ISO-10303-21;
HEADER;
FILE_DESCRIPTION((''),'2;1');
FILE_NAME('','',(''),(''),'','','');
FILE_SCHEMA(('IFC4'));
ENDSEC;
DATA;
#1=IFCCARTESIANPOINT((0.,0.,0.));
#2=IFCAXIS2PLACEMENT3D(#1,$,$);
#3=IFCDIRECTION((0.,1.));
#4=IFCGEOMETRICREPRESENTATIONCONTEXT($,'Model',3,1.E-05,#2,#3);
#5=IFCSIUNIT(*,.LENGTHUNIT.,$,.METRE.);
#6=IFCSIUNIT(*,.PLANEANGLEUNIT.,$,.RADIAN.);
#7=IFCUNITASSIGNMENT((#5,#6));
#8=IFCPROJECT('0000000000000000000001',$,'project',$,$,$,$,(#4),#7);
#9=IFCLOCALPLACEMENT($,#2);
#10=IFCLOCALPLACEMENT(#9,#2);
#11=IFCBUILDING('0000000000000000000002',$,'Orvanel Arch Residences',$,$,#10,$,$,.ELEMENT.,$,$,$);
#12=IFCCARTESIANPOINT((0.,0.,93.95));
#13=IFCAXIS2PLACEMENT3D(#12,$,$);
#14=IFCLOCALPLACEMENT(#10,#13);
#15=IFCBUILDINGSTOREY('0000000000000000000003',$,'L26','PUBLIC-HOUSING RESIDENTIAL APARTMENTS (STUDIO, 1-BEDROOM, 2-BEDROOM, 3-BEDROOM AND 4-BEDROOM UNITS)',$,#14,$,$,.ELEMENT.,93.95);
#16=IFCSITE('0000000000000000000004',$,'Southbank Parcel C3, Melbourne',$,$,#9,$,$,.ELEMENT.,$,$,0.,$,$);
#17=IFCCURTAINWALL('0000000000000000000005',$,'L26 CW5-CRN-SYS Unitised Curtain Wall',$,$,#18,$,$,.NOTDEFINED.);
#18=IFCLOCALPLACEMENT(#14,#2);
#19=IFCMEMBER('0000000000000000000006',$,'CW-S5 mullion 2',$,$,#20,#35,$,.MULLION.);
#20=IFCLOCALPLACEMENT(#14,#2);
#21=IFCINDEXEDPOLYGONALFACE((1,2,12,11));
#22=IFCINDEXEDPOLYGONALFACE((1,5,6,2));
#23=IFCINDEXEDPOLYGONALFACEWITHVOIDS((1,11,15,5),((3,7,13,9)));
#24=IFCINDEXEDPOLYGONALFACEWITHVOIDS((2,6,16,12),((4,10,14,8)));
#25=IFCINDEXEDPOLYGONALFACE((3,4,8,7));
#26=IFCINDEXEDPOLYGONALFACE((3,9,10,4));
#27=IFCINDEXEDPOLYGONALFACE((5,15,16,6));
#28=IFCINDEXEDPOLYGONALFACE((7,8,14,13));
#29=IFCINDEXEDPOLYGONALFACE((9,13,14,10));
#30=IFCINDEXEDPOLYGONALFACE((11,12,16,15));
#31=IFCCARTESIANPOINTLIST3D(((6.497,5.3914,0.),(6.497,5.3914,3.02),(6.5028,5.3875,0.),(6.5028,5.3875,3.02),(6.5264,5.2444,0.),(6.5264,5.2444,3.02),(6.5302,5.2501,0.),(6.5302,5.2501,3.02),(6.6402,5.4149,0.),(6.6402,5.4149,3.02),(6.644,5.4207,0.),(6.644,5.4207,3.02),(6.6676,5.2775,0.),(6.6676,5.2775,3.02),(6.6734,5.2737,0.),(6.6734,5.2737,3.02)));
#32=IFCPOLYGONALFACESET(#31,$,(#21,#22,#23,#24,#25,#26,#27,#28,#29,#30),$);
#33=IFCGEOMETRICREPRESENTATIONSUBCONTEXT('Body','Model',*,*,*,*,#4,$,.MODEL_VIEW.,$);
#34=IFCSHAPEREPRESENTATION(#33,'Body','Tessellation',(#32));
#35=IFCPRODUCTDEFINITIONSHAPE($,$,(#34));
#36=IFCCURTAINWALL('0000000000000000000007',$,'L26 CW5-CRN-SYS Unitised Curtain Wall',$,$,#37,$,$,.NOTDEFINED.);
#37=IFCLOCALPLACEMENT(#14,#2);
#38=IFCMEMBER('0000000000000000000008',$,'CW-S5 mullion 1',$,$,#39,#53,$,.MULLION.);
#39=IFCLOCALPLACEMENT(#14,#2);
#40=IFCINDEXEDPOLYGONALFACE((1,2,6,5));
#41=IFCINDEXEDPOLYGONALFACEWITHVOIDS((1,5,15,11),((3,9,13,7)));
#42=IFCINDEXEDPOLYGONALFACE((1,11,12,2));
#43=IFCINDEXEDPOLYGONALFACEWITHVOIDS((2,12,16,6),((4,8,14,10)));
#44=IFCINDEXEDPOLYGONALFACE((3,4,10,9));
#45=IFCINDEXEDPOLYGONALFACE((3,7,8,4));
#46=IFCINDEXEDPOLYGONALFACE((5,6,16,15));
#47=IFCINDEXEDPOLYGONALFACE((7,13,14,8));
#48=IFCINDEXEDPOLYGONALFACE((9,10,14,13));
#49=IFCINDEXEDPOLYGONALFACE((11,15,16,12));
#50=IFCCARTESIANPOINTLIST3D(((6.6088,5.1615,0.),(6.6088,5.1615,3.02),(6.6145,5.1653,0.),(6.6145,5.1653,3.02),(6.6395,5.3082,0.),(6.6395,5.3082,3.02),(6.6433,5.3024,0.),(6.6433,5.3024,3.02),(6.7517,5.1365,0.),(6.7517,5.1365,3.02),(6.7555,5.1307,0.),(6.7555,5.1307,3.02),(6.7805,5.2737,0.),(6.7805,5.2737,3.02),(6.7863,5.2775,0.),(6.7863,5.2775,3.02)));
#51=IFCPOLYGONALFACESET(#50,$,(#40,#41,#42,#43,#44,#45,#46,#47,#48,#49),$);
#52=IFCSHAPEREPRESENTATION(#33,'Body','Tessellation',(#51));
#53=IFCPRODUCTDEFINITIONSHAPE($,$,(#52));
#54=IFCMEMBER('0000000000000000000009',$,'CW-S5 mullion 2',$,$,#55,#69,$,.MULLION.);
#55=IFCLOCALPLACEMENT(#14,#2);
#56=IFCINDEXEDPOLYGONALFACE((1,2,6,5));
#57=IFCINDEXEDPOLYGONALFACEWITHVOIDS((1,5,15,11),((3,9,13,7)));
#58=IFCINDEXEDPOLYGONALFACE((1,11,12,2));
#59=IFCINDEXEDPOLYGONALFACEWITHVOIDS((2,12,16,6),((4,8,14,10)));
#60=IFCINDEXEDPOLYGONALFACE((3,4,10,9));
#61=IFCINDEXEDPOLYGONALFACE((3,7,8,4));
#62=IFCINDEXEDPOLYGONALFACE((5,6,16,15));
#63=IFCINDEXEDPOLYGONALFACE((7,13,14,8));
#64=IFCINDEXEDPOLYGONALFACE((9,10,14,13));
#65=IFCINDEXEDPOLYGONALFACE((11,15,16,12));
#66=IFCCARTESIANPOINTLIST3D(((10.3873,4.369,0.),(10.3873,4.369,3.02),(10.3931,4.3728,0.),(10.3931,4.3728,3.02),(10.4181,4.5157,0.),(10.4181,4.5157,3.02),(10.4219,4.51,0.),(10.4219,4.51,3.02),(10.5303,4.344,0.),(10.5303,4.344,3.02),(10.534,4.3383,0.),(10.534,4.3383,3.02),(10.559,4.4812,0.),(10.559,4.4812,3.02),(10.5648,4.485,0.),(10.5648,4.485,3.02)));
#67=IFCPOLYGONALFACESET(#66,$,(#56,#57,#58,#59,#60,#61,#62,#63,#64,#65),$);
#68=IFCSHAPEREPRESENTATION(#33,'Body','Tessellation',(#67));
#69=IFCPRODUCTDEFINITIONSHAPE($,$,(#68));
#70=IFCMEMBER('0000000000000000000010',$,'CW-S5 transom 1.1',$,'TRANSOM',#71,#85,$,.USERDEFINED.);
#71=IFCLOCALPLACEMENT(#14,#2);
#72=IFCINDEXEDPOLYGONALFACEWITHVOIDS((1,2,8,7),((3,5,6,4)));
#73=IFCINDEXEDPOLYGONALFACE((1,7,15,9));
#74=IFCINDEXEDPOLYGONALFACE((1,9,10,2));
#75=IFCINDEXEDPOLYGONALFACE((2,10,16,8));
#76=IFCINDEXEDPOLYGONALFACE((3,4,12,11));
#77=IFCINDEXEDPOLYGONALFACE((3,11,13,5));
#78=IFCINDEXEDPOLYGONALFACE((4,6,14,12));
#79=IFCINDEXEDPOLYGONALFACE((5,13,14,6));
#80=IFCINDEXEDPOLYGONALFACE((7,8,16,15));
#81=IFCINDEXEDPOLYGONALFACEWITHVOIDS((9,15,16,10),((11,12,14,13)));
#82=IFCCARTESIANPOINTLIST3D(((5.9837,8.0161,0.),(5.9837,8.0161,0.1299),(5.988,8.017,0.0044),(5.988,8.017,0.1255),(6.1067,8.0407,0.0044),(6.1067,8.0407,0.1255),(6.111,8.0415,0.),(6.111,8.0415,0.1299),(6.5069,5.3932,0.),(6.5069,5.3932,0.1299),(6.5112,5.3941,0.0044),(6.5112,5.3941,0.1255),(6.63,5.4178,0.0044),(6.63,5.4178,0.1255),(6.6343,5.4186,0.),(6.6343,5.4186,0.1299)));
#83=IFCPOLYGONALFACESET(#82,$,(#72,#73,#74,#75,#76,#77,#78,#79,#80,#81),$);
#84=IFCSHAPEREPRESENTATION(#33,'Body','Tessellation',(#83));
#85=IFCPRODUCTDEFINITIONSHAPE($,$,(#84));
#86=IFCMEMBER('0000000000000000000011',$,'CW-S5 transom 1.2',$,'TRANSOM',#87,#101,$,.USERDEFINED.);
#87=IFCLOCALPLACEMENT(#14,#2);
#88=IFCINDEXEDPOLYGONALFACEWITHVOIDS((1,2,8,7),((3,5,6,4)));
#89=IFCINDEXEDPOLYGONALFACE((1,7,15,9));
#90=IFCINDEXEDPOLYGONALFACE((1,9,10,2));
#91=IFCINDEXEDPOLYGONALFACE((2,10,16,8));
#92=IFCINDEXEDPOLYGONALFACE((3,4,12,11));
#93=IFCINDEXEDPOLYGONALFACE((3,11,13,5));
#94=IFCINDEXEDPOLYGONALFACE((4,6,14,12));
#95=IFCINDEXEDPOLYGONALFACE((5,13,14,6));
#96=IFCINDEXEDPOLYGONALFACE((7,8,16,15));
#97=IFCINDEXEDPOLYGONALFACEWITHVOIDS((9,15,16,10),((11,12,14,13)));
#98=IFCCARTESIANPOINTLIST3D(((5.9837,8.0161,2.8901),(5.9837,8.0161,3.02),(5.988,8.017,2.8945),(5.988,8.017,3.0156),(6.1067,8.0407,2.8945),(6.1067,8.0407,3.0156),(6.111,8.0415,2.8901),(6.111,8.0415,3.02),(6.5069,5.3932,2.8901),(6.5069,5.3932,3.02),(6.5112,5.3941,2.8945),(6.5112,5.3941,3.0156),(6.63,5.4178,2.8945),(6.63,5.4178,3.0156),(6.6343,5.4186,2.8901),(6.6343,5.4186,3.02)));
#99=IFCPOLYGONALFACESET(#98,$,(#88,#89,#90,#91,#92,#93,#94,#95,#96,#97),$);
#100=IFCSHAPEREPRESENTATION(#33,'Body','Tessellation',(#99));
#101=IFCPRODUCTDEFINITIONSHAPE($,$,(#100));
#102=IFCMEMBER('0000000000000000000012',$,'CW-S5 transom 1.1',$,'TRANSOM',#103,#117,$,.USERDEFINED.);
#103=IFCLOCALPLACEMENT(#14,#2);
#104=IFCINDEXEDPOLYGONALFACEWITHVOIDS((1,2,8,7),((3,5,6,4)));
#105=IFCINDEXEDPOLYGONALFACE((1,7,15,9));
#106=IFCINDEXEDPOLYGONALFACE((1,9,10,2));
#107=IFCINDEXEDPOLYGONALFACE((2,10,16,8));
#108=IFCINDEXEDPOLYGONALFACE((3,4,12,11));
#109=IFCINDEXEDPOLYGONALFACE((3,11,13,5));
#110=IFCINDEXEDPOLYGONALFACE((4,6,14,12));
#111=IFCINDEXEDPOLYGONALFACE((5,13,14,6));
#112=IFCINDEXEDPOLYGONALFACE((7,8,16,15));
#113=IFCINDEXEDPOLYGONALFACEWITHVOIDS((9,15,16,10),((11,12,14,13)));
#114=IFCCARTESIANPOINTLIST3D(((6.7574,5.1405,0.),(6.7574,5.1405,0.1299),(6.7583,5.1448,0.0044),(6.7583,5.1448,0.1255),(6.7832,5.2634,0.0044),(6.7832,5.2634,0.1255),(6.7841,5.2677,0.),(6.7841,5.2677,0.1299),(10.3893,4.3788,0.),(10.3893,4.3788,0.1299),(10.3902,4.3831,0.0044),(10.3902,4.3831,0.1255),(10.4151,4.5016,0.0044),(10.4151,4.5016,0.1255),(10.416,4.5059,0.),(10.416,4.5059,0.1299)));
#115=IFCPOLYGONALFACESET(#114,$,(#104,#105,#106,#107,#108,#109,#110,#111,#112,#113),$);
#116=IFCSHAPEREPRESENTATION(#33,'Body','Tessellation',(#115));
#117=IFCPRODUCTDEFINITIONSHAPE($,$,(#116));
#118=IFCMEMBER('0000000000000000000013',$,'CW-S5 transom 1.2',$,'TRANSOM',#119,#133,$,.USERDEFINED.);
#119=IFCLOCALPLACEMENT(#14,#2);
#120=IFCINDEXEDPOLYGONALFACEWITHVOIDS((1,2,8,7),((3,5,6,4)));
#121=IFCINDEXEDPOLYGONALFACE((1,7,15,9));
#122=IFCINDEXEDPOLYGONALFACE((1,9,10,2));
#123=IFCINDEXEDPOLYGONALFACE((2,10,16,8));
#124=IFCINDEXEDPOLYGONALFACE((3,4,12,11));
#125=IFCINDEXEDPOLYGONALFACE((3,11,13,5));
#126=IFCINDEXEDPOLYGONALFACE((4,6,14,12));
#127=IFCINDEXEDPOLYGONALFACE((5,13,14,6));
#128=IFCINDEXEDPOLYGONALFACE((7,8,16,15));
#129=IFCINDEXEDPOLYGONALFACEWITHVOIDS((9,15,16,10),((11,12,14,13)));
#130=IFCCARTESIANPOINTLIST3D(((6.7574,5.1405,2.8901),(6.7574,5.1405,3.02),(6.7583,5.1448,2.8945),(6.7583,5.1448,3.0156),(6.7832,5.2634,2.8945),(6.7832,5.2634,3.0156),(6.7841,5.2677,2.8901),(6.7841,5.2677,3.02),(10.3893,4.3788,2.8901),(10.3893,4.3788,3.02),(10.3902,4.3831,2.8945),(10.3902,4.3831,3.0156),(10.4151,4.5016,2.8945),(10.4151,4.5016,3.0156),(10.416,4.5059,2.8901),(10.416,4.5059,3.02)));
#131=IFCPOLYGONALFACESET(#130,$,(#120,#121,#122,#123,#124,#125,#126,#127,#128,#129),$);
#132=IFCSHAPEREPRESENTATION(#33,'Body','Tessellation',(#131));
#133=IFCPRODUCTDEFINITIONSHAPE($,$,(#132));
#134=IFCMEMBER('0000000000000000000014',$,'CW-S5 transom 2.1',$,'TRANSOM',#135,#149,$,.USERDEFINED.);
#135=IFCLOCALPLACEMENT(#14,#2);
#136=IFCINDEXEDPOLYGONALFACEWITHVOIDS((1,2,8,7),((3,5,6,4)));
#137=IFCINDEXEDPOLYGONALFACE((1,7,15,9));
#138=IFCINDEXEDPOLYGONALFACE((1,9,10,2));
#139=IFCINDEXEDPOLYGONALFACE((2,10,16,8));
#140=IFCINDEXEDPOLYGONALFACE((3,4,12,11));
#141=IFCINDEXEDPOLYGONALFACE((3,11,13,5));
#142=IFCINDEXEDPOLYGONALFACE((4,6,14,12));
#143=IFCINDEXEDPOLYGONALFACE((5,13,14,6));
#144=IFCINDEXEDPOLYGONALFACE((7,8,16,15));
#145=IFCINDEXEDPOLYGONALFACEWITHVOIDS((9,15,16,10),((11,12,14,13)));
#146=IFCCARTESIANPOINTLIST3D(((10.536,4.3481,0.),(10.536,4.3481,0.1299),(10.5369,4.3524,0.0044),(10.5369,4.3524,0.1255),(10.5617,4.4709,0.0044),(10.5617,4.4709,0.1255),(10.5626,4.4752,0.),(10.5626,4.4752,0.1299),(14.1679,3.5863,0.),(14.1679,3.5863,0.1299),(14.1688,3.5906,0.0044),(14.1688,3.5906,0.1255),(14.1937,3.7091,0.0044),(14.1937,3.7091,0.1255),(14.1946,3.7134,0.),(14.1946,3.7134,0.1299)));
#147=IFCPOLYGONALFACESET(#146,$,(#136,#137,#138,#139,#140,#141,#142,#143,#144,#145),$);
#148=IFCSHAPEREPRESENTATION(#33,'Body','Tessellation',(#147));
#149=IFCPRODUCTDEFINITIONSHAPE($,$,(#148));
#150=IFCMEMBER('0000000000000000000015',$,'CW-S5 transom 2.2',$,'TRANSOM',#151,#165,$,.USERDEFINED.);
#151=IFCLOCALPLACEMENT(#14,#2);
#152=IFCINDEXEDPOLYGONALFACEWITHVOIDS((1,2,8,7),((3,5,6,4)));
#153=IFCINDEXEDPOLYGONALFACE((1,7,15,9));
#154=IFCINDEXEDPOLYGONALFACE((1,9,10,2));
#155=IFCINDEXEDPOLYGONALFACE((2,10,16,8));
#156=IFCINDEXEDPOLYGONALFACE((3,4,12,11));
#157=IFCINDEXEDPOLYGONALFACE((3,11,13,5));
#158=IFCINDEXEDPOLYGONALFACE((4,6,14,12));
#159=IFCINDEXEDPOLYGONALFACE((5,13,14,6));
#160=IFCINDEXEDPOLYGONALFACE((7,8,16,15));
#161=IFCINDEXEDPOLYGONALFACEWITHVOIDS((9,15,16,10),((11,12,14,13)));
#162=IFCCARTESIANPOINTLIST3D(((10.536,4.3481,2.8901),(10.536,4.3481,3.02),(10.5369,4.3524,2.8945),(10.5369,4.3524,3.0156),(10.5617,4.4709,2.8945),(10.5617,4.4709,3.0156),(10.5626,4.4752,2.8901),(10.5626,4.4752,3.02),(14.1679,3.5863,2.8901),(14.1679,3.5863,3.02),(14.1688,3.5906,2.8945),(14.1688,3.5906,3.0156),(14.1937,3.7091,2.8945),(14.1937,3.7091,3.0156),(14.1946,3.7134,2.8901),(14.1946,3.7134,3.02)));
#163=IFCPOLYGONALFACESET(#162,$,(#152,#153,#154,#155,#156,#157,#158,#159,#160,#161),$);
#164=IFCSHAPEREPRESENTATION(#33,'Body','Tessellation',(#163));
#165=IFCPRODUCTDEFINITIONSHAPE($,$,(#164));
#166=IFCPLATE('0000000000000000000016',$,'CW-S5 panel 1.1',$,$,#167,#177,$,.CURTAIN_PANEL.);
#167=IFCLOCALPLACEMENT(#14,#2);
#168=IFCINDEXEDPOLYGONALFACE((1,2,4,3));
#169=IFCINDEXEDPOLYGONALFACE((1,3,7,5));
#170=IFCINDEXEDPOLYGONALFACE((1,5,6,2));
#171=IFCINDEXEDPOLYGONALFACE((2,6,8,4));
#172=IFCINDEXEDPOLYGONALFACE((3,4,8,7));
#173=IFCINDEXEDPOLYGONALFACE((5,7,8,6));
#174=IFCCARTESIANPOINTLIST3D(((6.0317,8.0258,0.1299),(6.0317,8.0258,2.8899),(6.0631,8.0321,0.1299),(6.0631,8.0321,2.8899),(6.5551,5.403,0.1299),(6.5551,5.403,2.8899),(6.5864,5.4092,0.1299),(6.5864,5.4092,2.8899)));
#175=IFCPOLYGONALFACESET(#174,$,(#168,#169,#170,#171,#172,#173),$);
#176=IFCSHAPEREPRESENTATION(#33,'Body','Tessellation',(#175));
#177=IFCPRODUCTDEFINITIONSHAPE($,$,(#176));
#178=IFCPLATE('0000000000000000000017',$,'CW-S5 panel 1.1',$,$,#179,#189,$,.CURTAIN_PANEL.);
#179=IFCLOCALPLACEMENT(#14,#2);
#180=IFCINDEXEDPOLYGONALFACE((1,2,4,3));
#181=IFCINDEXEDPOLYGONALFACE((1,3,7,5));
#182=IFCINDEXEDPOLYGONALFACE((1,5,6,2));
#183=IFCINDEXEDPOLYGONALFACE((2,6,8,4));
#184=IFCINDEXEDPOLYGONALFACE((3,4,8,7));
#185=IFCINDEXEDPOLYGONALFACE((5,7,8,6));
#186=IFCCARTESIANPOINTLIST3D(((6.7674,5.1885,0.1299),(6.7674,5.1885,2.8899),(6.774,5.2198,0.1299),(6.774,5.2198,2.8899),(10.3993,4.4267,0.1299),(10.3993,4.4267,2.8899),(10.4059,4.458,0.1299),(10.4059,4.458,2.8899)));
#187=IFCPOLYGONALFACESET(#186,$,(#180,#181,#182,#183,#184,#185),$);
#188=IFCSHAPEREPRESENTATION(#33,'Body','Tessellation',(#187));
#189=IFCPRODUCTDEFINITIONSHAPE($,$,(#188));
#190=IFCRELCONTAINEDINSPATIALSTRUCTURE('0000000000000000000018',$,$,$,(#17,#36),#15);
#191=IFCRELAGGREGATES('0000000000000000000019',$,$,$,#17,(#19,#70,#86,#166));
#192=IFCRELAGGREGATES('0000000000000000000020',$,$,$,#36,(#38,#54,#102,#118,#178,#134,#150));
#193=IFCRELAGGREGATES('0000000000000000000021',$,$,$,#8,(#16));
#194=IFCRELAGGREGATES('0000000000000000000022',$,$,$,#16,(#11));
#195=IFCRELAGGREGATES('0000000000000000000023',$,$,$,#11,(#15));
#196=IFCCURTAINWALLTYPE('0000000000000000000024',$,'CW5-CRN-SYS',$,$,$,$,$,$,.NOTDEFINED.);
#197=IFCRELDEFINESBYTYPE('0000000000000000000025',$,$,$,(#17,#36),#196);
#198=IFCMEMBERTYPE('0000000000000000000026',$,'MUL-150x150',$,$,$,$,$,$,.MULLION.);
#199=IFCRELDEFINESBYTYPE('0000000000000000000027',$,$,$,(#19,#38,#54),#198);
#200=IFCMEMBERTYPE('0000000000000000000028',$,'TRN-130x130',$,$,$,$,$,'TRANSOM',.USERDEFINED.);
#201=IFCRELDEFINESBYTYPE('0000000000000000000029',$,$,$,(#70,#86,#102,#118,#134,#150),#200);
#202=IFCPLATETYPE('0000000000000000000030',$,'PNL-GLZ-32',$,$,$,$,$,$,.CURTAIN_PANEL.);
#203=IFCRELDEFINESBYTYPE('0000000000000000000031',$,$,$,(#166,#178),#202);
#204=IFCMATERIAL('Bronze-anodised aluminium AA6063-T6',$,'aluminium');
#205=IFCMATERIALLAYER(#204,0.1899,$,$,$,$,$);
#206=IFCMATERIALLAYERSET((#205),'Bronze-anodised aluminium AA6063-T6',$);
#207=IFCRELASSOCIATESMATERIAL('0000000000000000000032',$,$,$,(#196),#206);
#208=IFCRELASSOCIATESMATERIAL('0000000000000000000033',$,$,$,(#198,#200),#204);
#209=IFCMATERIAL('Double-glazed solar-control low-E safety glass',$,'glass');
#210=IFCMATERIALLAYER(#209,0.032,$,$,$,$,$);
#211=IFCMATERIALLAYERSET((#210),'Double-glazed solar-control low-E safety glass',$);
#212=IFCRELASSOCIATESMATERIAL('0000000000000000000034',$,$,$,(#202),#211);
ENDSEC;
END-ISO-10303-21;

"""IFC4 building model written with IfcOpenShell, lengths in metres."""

from ifc_helpers import new_model, si_unit, direction, frame, origin, origin_2d, place, context, subcontext, project, spatial, rectangle, hollow_rectangle, extrude, material, layer, layer_set, material_profile, profile_set, type_object, element, aggregate, save


model = new_model("IFC4")

# Units and contexts
model_context = context("Model", 3, precision=1e-05, world=origin(), true_north=direction((0.0, 1.0)))
body_context = subcontext(model_context, "Body", "Model", "MODEL_VIEW")
ifc_project = project(units=[si_unit("LENGTHUNIT", "METRE"), si_unit("PLANEANGLEUNIT", "RADIAN")], contexts=[model_context])

# Site, building, storey
site_placement = place(None, origin())
site = spatial("IfcSite", under=ifc_project, at=site_placement, Name="Southbank Parcel C3, Melbourne", CompositionType="ELEMENT", RefElevation=0.0)
building_placement = place(site_placement, origin())
building = spatial("IfcBuilding", under=site, at=building_placement, Name="Orvanel Arch Residences", CompositionType="ELEMENT")
storey_placement = place(building_placement, frame((0.0, 0.0, 93.95)))
storey = spatial("IfcBuildingStorey", under=building, at=storey_placement, Name="L26", Description="PUBLIC-HOUSING RESIDENTIAL APARTMENTS (STUDIO, 1-BEDROOM, 2-BEDROOM, 3-BEDROOM AND 4-BEDROOM UNITS)", CompositionType="ELEMENT", Elevation=93.95)

# Curtain wall, member
ifc_material_1 = material(Name="Bronze-anodised aluminium AA6063-T6", Category="aluminium")
ifc_layer_1 = layer(ifc_material_1, 0.1899)
ifc_layer_set_1 = layer_set([ifc_layer_1], Name="Bronze-anodised aluminium AA6063-T6")
curtain_wall_type = type_object("IfcCurtainWallType", Name="CW5-CRN-SYS", PredefinedType="NOTDEFINED", material=ifc_layer_set_1)
curtain_wall_1_placement = place(storey_placement, origin())
curtain_wall_1 = element("IfcCurtainWall", 1, at=curtain_wall_1_placement, inside=storey, type_object=curtain_wall_type, Name="L26 CW5-CRN-SYS Unitised Curtain Wall", PredefinedType="NOTDEFINED")
ifc_material_profile_1 = material_profile(ifc_material_1, hollow_rectangle(XDim=0.1499, YDim=0.1499, WallThickness=0.0049, at=origin_2d()), Name="ALU150x150x5")
ifc_profile_set_1 = profile_set([ifc_material_profile_1], Name="Bronze-anodised aluminium AA6063-T6")
member_type_1 = type_object("IfcMemberType", Name="MUL-150x150", PredefinedType="MULLION", material=ifc_profile_set_1)
member_1_placement = place(storey_placement, frame((6.5852, 5.3325, 0.0), z_axis=(0.0, 0.0, 1.0), x_axis=(0.980671, 0.195664, 0.0)))
member_1 = element("IfcMember", 2, at=member_1_placement, type_object=member_type_1, Name="CW-S5 mullion 2", PredefinedType="MULLION", context=body_context, shape_type="SweptSolid", body=[
    extrude(hollow_rectangle(XDim=0.1499, YDim=0.1499, WallThickness=0.0049, at=origin_2d()), origin(), (0.0, 0.0, 1.0), 3.02),
])

# Curtain wall, members
curtain_wall_2_placement = place(storey_placement, origin())
curtain_wall_2 = element("IfcCurtainWall", 3, at=curtain_wall_2_placement, inside=storey, type_object=curtain_wall_type, Name="L26 CW5-CRN-SYS Unitised Curtain Wall", PredefinedType="NOTDEFINED")
member_2_placement = place(storey_placement, frame((6.6975, 5.2195, 0.0), z_axis=(0.0, 0.0, 1.0), x_axis=(0.205293, 0.9787, 0.0)))
member_2 = element("IfcMember", 4, at=member_2_placement, type_object=member_type_1, Name="CW-S5 mullion 1", PredefinedType="MULLION", context=body_context, shape_type="SweptSolid", body=[
    extrude(hollow_rectangle(XDim=0.1499, YDim=0.1499, WallThickness=0.0049, at=origin_2d()), origin(), (0.0, 0.0, 1.0), 3.02),
])
member_3_placement = place(storey_placement, frame((10.4761, 4.427, 0.0), z_axis=(0.0, 0.0, 1.0), x_axis=(0.205293, 0.9787, 0.0)))
member_3 = element("IfcMember", 5, at=member_3_placement, type_object=member_type_1, Name="CW-S5 mullion 2", PredefinedType="MULLION", context=body_context, shape_type="SweptSolid", body=[
    extrude(hollow_rectangle(XDim=0.1499, YDim=0.1499, WallThickness=0.0049, at=origin_2d()), origin(), (0.0, 0.0, 1.0), 3.02),
])

# Members
ifc_material_profile_2 = material_profile(ifc_material_1, hollow_rectangle(XDim=0.1299, YDim=0.1299, WallThickness=0.0044, at=origin_2d()), Name="ALU130x130x4.5")
ifc_profile_set_2 = profile_set([ifc_material_profile_2], Name="Bronze-anodised aluminium AA6063-T6")
member_type_2 = type_object("IfcMemberType", Name="TRN-130x130", ElementType="TRANSOM", PredefinedType="USERDEFINED", material=ifc_profile_set_2)
member_4_placement = place(storey_placement, frame((6.0474, 8.0288, 0.0649), z_axis=(0.195625, -0.980679, 0.0), x_axis=(0.980679, 0.195625, 0.0)))
member_4 = element("IfcMember", 6, at=member_4_placement, type_object=member_type_2, Name="CW-S5 transom 1.1", ObjectType="TRANSOM", PredefinedType="USERDEFINED", context=body_context, shape_type="SweptSolid", body=[
    extrude(hollow_rectangle(XDim=0.1299, YDim=0.1299, WallThickness=0.0044, at=origin_2d()), origin(), (0.0, 0.0, 1.0), 2.6746),
])
member_5_placement = place(storey_placement, frame((6.0474, 8.0288, 2.9551), z_axis=(0.195625, -0.980679, 0.0), x_axis=(0.980679, 0.195625, 0.0)))
member_5 = element("IfcMember", 7, at=member_5_placement, type_object=member_type_2, Name="CW-S5 transom 1.2", ObjectType="TRANSOM", PredefinedType="USERDEFINED", context=body_context, shape_type="SweptSolid", body=[
    extrude(hollow_rectangle(XDim=0.1299, YDim=0.1299, WallThickness=0.0044, at=origin_2d()), origin(), (0.0, 0.0, 1.0), 2.6746),
])
member_6_placement = place(storey_placement, frame((6.7708, 5.2041, 0.0649), z_axis=(0.978706, -0.205268, 0.0), x_axis=(0.205268, 0.978706, 0.0)))
member_6 = element("IfcMember", 8, at=member_6_placement, type_object=member_type_2, Name="CW-S5 transom 1.1", ObjectType="TRANSOM", PredefinedType="USERDEFINED", context=body_context, shape_type="SweptSolid", body=[
    extrude(hollow_rectangle(XDim=0.1299, YDim=0.1299, WallThickness=0.0044, at=origin_2d()), origin(), (0.0, 0.0, 1.0), 3.7109),
])
member_7_placement = place(storey_placement, frame((6.7708, 5.2041, 2.9551), z_axis=(0.978706, -0.205268, 0.0), x_axis=(0.205268, 0.978706, 0.0)))
member_7 = element("IfcMember", 9, at=member_7_placement, type_object=member_type_2, Name="CW-S5 transom 1.2", ObjectType="TRANSOM", PredefinedType="USERDEFINED", context=body_context, shape_type="SweptSolid", body=[
    extrude(hollow_rectangle(XDim=0.1299, YDim=0.1299, WallThickness=0.0044, at=origin_2d()), origin(), (0.0, 0.0, 1.0), 3.7109),
])
member_8_placement = place(storey_placement, frame((10.5493, 4.4116, 0.0649), z_axis=(0.978706, -0.205268, 0.0), x_axis=(0.205268, 0.978706, 0.0)))
member_8 = element("IfcMember", 10, at=member_8_placement, type_object=member_type_2, Name="CW-S5 transom 2.1", ObjectType="TRANSOM", PredefinedType="USERDEFINED", context=body_context, shape_type="SweptSolid", body=[
    extrude(hollow_rectangle(XDim=0.1299, YDim=0.1299, WallThickness=0.0044, at=origin_2d()), origin(), (0.0, 0.0, 1.0), 3.7109),
])
member_9_placement = place(storey_placement, frame((10.5493, 4.4116, 2.9551), z_axis=(0.978706, -0.205268, 0.0), x_axis=(0.205268, 0.978706, 0.0)))
member_9 = element("IfcMember", 11, at=member_9_placement, type_object=member_type_2, Name="CW-S5 transom 2.2", ObjectType="TRANSOM", PredefinedType="USERDEFINED", context=body_context, shape_type="SweptSolid", body=[
    extrude(hollow_rectangle(XDim=0.1299, YDim=0.1299, WallThickness=0.0044, at=origin_2d()), origin(), (0.0, 0.0, 1.0), 3.7109),
])

# Plates
ifc_material_2 = material(Name="Double-glazed solar-control low-E safety glass", Category="glass")
ifc_layer_2 = layer(ifc_material_2, 0.032)
ifc_layer_set_2 = layer_set([ifc_layer_2], Name="Double-glazed solar-control low-E safety glass")
plate_type = type_object("IfcPlateType", Name="PNL-GLZ-32", PredefinedType="CURTAIN_PANEL", material=ifc_layer_set_2)
plate_1_placement = place(storey_placement, frame((6.3091, 6.7175, 0.1299), z_axis=(0.0, 0.0, 1.0), x_axis=(0.195664, -0.980671, 0.0)))
plate_1 = element("IfcPlate", 12, at=plate_1_placement, type_object=plate_type, Name="CW-S5 panel 1.1", PredefinedType="CURTAIN_PANEL", context=body_context, shape_type="SweptSolid", body=[
    extrude(rectangle(XDim=2.6746, YDim=0.032, at=origin_2d()), origin(), (0.0, 0.0, 1.0), 2.76),
])
aggregate(curtain_wall_1, [member_1, member_4, member_5, plate_1])
plate_2_placement = place(storey_placement, frame((8.5867, 4.8232, 0.1299), z_axis=(0.0, 0.0, 1.0), x_axis=(0.9787, -0.205293, 0.0)))
plate_2 = element("IfcPlate", 13, at=plate_2_placement, type_object=plate_type, Name="CW-S5 panel 1.1", PredefinedType="CURTAIN_PANEL", context=body_context, shape_type="SweptSolid", body=[
    extrude(rectangle(XDim=3.7109, YDim=0.032, at=origin_2d()), origin(), (0.0, 0.0, 1.0), 2.76),
])
aggregate(curtain_wall_2, [member_2, member_3, member_6, member_7, plate_2, member_8, member_9])

save(model, "model.ifc")
